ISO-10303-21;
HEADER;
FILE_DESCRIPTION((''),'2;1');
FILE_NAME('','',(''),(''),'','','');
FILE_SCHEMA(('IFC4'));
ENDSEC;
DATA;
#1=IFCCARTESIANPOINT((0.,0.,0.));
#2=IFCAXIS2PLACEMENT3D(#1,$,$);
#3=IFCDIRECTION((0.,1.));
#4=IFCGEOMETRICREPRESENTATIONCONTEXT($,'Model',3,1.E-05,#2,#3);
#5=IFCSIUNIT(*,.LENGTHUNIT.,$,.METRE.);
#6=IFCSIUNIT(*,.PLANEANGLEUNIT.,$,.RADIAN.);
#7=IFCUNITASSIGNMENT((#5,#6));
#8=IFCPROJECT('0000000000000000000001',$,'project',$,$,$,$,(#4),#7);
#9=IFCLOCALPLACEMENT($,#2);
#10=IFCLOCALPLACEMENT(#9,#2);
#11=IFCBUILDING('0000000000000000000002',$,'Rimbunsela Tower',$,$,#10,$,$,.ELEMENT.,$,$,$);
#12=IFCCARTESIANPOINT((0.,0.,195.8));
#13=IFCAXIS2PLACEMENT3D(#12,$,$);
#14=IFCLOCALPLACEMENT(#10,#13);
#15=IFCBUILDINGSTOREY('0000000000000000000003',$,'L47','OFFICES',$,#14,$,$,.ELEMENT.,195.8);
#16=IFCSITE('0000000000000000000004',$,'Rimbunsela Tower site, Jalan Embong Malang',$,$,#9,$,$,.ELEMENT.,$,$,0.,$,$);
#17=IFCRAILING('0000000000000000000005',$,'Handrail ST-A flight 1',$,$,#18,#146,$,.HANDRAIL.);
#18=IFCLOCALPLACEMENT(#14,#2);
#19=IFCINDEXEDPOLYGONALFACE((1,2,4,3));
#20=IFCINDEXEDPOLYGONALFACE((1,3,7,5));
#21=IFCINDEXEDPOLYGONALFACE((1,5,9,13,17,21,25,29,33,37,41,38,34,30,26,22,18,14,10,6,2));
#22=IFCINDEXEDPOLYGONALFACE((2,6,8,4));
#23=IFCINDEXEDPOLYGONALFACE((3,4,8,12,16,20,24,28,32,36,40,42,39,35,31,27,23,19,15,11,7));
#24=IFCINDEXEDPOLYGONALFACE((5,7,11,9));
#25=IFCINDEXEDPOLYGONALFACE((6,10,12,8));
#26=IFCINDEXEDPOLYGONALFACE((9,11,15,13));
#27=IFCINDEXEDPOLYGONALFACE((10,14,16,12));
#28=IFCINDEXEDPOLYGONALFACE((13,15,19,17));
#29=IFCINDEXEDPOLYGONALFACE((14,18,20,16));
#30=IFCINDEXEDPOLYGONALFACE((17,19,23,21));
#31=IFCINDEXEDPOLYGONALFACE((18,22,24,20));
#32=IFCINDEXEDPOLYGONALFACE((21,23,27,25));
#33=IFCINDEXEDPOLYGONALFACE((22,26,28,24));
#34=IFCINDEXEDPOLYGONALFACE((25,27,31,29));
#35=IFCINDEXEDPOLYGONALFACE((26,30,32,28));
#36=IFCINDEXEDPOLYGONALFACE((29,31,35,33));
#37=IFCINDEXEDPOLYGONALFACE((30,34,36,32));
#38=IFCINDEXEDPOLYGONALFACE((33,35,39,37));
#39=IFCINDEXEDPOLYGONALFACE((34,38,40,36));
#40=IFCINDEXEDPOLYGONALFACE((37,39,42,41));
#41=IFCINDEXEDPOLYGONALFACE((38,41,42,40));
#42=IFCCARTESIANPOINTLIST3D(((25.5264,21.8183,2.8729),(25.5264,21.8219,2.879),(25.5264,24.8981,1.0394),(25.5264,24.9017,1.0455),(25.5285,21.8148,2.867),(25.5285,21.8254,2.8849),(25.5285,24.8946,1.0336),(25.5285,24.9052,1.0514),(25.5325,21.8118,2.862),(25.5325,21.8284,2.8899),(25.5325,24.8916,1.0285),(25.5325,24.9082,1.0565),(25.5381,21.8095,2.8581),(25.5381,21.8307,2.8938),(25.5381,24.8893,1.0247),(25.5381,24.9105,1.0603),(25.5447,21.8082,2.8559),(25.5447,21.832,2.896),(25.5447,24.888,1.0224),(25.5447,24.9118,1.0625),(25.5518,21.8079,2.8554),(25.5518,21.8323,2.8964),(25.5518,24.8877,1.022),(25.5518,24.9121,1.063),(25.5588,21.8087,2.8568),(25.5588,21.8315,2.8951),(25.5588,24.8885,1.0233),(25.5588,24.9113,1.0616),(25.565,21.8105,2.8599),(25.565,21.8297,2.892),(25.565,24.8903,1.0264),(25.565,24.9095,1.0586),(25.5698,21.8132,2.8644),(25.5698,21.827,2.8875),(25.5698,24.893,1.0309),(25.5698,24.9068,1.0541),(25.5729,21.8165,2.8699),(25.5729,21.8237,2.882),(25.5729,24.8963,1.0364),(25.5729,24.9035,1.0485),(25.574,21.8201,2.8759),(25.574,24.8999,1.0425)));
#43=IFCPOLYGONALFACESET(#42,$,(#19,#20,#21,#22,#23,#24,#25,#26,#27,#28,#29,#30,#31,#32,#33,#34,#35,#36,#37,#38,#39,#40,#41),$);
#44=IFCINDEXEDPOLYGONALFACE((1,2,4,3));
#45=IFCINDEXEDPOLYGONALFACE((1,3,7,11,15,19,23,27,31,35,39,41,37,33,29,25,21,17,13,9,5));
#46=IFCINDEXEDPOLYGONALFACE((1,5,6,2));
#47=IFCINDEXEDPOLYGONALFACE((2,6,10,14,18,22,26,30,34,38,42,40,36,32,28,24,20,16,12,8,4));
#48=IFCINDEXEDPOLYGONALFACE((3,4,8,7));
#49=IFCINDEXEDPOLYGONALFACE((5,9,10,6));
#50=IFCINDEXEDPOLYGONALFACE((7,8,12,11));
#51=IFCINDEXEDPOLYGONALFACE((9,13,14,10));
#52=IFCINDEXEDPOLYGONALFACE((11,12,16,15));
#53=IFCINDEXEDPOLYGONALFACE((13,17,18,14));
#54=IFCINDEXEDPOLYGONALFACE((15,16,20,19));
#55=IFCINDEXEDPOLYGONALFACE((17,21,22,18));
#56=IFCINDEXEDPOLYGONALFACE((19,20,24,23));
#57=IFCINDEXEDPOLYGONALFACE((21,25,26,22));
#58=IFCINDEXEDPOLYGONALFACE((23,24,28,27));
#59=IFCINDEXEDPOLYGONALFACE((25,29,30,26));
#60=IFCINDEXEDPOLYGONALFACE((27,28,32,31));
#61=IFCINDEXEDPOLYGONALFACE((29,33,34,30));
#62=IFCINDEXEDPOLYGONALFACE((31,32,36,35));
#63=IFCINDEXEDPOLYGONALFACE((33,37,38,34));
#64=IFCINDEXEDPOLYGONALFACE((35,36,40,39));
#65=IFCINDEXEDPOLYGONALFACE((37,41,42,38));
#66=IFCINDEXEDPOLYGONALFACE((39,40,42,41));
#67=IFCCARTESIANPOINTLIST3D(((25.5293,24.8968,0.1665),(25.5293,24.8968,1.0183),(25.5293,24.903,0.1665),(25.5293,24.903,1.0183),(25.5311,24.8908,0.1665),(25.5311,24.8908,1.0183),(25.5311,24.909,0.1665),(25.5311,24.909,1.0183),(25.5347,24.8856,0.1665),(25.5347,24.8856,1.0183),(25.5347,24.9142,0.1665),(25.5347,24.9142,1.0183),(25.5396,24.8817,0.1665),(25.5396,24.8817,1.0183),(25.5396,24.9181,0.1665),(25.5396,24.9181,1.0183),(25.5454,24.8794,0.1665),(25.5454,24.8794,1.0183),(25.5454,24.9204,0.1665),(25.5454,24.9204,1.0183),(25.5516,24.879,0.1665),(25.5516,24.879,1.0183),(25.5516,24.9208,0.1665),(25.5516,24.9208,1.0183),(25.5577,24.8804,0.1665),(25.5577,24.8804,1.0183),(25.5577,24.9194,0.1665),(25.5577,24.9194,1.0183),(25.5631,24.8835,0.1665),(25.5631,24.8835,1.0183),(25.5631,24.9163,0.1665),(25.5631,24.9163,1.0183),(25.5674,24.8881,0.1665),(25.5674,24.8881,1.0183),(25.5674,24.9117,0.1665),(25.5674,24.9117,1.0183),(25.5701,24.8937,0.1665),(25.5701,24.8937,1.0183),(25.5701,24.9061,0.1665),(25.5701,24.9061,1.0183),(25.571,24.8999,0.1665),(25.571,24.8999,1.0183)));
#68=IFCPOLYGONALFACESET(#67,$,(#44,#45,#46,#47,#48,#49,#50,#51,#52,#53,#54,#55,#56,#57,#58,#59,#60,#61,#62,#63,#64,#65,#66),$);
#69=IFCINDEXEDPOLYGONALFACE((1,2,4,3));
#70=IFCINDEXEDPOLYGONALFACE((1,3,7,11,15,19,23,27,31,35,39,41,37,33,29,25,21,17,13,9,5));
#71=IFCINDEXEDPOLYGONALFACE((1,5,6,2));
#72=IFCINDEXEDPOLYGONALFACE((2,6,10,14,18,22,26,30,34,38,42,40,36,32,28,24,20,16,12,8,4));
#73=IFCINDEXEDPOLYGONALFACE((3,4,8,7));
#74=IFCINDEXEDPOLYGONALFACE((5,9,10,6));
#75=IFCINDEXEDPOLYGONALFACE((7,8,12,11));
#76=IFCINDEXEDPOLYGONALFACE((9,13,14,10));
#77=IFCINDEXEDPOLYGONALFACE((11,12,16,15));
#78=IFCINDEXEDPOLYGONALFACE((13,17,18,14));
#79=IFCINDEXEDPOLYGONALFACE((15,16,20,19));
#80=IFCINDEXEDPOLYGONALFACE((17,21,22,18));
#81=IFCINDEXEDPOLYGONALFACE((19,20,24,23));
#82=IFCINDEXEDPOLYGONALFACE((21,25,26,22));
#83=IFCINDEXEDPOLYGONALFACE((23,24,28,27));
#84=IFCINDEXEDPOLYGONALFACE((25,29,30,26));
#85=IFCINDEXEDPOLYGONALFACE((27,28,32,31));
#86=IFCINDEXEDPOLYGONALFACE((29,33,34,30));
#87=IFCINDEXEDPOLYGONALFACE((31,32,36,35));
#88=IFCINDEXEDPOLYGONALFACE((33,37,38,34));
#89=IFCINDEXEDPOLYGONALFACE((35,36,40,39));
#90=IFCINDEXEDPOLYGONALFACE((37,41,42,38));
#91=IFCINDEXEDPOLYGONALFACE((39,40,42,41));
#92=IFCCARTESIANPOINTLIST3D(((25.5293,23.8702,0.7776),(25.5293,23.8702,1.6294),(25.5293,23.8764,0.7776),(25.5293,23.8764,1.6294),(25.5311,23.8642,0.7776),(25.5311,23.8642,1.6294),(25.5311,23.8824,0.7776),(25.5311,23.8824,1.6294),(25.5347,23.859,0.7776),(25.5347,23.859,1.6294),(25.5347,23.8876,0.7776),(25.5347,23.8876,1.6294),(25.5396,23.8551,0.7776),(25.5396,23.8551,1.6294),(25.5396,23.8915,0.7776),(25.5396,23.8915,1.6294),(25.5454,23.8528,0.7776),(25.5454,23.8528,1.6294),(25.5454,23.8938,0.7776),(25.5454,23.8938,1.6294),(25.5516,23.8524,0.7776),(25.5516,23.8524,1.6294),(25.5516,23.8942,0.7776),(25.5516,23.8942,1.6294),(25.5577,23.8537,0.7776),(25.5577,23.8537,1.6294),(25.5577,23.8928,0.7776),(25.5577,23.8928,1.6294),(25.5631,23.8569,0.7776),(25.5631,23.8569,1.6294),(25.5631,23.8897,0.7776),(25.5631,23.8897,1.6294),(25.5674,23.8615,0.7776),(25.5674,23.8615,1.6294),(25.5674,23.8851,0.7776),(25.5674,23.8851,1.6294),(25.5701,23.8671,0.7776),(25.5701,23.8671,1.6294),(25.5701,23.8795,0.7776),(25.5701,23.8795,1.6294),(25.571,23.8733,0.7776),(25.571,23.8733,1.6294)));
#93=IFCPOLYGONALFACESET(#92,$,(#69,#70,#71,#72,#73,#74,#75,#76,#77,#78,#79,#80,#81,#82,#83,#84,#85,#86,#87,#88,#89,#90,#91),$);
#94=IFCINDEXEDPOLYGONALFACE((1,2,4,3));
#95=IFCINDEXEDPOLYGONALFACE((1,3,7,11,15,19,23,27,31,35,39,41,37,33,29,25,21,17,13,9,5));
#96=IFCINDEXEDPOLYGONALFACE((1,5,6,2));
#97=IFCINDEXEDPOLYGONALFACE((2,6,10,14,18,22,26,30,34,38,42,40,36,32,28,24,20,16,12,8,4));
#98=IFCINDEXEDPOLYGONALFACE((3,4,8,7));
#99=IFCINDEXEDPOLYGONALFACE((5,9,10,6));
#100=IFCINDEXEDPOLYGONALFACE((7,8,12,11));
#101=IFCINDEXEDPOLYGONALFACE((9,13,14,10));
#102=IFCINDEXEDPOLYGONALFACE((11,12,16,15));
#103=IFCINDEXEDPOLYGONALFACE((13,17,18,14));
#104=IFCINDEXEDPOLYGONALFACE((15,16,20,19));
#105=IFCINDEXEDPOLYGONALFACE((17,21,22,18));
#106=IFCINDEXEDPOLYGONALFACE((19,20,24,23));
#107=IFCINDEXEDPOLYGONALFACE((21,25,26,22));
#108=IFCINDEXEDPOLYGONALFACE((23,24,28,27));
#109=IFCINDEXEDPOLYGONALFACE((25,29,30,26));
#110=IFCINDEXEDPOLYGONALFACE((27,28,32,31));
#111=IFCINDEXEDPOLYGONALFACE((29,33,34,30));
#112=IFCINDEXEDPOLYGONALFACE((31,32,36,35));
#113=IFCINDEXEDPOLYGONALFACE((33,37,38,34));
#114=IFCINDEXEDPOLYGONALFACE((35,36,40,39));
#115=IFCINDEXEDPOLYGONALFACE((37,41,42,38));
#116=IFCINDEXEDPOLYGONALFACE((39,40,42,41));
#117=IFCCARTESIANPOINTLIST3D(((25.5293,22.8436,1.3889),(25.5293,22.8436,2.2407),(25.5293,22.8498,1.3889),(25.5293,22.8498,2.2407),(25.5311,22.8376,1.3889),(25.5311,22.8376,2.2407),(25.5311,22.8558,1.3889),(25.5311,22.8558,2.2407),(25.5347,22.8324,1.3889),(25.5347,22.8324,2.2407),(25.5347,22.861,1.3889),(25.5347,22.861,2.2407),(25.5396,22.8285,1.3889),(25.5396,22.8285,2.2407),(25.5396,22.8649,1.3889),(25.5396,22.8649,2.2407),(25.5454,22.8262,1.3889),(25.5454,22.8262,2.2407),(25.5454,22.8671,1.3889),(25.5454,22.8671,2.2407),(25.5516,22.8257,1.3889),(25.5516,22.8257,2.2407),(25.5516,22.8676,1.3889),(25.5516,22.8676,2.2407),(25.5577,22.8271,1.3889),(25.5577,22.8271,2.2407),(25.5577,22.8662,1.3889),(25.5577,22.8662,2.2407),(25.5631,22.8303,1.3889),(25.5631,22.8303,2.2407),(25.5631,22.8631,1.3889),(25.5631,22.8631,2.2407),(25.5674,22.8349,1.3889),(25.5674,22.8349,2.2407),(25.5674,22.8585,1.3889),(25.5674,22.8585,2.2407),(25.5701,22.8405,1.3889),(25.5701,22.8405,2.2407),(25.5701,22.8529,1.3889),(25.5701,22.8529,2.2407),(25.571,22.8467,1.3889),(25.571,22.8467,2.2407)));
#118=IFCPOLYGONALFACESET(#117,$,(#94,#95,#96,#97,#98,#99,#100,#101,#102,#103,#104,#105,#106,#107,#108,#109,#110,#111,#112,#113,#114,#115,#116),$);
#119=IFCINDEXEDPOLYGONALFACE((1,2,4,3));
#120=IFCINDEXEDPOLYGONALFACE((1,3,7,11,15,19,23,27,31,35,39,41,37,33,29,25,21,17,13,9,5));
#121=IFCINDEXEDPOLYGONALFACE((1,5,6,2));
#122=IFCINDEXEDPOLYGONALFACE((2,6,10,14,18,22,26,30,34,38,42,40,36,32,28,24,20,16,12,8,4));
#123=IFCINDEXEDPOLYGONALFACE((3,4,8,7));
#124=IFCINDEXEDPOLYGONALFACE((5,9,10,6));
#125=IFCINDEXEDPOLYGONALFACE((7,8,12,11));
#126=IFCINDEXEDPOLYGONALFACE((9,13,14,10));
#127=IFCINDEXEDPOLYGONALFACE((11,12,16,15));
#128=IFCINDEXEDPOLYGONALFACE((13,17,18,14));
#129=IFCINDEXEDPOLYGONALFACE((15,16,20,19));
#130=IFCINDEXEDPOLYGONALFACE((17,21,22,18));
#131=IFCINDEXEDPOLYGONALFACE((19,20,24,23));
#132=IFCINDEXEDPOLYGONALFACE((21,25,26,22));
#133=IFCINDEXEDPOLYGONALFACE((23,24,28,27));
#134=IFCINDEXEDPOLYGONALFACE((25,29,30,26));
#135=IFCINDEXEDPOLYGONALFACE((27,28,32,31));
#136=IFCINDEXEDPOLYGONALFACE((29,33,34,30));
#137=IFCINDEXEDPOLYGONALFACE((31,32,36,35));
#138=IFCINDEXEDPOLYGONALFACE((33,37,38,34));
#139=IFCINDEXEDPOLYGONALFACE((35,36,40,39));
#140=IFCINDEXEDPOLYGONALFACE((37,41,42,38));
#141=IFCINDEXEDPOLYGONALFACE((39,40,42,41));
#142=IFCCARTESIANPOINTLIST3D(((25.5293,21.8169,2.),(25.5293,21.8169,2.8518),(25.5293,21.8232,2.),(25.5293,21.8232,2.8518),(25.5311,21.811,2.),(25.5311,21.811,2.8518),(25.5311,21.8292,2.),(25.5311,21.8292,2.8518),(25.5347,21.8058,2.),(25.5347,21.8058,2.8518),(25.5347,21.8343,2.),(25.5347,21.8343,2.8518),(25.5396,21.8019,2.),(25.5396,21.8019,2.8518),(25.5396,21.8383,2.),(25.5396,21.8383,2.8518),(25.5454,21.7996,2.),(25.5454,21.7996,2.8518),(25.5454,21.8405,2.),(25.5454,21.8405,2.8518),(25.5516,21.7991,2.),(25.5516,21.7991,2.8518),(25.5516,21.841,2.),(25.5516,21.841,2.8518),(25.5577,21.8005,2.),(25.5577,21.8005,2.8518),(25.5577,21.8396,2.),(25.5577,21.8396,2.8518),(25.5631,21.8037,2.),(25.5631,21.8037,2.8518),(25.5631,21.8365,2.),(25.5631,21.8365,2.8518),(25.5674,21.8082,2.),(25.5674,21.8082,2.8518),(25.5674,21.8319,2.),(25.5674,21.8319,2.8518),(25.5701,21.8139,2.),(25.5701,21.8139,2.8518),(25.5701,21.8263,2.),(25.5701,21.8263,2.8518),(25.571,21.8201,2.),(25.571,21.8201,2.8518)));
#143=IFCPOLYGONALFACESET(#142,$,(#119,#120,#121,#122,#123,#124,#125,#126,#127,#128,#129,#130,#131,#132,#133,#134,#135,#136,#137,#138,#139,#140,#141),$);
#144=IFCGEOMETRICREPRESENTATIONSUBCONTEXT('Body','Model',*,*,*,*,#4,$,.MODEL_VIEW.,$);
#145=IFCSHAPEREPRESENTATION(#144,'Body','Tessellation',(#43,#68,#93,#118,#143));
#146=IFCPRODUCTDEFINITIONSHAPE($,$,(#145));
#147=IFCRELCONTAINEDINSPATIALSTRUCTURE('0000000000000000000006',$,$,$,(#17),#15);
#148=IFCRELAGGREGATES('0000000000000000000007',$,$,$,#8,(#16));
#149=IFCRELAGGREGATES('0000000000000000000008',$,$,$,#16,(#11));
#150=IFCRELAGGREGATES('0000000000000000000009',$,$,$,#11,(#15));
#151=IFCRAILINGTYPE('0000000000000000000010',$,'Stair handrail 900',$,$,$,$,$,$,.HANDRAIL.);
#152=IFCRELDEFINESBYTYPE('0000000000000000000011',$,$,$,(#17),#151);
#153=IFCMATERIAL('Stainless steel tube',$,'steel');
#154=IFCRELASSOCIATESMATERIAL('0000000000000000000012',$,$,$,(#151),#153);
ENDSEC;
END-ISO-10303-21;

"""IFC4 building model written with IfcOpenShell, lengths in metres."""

from ifc_helpers import new_model, si_unit, direction, frame, origin, origin_2d, place, context, subcontext, project, spatial, circle, extrude, material, type_object, element, save


model = new_model("IFC4")

# Units and contexts
model_context = context("Model", 3, precision=1e-05, world=origin(), true_north=direction((0.0, 1.0)))
body_context = subcontext(model_context, "Body", "Model", "MODEL_VIEW")
ifc_project = project(units=[si_unit("LENGTHUNIT", "METRE"), si_unit("PLANEANGLEUNIT", "RADIAN")], contexts=[model_context])

# Site, building, storey
site_placement = place(None, origin())
site = spatial("IfcSite", under=ifc_project, at=site_placement, Name="Rimbunsela Tower site, Jalan Embong Malang", CompositionType="ELEMENT", RefElevation=0.0)
building_placement = place(site_placement, origin())
building = spatial("IfcBuilding", under=site, at=building_placement, Name="Rimbunsela Tower", CompositionType="ELEMENT")
storey_placement = place(building_placement, frame((0.0, 0.0, 195.8)))
storey = spatial("IfcBuildingStorey", under=building, at=storey_placement, Name="L47", Description="OFFICES", CompositionType="ELEMENT", Elevation=195.8)

# Railing
ifc_material_1 = material(Name="Stainless steel tube", Category="steel")
railing_type = type_object("IfcRailingType", Name="Stair handrail 900", PredefinedType="HANDRAIL", material=ifc_material_1)
railing_placement = place(storey_placement, frame((25.55, 24.8999, 0.1665)))
element("IfcRailing", 1, at=railing_placement, inside=storey, type_object=railing_type, Name="Handrail ST-A flight 1", PredefinedType="HANDRAIL", context=body_context, shape_type="SweptSolid", body=[
    extrude(circle(Radius=0.0239, at=origin_2d()), frame((0.0, 0.0, 0.876), z_axis=(0.0, -0.859261, 0.511538), x_axis=(1.0, 0.0, 0.0)), (0.0, 0.0, 1.0), 3.5842),
    extrude(circle(Radius=0.021, at=origin_2d()), origin(), (0.0, 0.0, 1.0), 0.8518),
    extrude(circle(Radius=0.021, at=origin_2d()), frame((0.0, -1.0266, 0.6111)), (0.0, 0.0, 1.0), 0.8518),
    extrude(circle(Radius=0.021, at=origin_2d()), frame((0.0, -2.0532, 1.2224)), (0.0, 0.0, 1.0), 0.8518),
    extrude(circle(Radius=0.021, at=origin_2d()), frame((0.0, -3.0798, 1.8335)), (0.0, 0.0, 1.0), 0.8518),
])

save(model, "model.ifc")
